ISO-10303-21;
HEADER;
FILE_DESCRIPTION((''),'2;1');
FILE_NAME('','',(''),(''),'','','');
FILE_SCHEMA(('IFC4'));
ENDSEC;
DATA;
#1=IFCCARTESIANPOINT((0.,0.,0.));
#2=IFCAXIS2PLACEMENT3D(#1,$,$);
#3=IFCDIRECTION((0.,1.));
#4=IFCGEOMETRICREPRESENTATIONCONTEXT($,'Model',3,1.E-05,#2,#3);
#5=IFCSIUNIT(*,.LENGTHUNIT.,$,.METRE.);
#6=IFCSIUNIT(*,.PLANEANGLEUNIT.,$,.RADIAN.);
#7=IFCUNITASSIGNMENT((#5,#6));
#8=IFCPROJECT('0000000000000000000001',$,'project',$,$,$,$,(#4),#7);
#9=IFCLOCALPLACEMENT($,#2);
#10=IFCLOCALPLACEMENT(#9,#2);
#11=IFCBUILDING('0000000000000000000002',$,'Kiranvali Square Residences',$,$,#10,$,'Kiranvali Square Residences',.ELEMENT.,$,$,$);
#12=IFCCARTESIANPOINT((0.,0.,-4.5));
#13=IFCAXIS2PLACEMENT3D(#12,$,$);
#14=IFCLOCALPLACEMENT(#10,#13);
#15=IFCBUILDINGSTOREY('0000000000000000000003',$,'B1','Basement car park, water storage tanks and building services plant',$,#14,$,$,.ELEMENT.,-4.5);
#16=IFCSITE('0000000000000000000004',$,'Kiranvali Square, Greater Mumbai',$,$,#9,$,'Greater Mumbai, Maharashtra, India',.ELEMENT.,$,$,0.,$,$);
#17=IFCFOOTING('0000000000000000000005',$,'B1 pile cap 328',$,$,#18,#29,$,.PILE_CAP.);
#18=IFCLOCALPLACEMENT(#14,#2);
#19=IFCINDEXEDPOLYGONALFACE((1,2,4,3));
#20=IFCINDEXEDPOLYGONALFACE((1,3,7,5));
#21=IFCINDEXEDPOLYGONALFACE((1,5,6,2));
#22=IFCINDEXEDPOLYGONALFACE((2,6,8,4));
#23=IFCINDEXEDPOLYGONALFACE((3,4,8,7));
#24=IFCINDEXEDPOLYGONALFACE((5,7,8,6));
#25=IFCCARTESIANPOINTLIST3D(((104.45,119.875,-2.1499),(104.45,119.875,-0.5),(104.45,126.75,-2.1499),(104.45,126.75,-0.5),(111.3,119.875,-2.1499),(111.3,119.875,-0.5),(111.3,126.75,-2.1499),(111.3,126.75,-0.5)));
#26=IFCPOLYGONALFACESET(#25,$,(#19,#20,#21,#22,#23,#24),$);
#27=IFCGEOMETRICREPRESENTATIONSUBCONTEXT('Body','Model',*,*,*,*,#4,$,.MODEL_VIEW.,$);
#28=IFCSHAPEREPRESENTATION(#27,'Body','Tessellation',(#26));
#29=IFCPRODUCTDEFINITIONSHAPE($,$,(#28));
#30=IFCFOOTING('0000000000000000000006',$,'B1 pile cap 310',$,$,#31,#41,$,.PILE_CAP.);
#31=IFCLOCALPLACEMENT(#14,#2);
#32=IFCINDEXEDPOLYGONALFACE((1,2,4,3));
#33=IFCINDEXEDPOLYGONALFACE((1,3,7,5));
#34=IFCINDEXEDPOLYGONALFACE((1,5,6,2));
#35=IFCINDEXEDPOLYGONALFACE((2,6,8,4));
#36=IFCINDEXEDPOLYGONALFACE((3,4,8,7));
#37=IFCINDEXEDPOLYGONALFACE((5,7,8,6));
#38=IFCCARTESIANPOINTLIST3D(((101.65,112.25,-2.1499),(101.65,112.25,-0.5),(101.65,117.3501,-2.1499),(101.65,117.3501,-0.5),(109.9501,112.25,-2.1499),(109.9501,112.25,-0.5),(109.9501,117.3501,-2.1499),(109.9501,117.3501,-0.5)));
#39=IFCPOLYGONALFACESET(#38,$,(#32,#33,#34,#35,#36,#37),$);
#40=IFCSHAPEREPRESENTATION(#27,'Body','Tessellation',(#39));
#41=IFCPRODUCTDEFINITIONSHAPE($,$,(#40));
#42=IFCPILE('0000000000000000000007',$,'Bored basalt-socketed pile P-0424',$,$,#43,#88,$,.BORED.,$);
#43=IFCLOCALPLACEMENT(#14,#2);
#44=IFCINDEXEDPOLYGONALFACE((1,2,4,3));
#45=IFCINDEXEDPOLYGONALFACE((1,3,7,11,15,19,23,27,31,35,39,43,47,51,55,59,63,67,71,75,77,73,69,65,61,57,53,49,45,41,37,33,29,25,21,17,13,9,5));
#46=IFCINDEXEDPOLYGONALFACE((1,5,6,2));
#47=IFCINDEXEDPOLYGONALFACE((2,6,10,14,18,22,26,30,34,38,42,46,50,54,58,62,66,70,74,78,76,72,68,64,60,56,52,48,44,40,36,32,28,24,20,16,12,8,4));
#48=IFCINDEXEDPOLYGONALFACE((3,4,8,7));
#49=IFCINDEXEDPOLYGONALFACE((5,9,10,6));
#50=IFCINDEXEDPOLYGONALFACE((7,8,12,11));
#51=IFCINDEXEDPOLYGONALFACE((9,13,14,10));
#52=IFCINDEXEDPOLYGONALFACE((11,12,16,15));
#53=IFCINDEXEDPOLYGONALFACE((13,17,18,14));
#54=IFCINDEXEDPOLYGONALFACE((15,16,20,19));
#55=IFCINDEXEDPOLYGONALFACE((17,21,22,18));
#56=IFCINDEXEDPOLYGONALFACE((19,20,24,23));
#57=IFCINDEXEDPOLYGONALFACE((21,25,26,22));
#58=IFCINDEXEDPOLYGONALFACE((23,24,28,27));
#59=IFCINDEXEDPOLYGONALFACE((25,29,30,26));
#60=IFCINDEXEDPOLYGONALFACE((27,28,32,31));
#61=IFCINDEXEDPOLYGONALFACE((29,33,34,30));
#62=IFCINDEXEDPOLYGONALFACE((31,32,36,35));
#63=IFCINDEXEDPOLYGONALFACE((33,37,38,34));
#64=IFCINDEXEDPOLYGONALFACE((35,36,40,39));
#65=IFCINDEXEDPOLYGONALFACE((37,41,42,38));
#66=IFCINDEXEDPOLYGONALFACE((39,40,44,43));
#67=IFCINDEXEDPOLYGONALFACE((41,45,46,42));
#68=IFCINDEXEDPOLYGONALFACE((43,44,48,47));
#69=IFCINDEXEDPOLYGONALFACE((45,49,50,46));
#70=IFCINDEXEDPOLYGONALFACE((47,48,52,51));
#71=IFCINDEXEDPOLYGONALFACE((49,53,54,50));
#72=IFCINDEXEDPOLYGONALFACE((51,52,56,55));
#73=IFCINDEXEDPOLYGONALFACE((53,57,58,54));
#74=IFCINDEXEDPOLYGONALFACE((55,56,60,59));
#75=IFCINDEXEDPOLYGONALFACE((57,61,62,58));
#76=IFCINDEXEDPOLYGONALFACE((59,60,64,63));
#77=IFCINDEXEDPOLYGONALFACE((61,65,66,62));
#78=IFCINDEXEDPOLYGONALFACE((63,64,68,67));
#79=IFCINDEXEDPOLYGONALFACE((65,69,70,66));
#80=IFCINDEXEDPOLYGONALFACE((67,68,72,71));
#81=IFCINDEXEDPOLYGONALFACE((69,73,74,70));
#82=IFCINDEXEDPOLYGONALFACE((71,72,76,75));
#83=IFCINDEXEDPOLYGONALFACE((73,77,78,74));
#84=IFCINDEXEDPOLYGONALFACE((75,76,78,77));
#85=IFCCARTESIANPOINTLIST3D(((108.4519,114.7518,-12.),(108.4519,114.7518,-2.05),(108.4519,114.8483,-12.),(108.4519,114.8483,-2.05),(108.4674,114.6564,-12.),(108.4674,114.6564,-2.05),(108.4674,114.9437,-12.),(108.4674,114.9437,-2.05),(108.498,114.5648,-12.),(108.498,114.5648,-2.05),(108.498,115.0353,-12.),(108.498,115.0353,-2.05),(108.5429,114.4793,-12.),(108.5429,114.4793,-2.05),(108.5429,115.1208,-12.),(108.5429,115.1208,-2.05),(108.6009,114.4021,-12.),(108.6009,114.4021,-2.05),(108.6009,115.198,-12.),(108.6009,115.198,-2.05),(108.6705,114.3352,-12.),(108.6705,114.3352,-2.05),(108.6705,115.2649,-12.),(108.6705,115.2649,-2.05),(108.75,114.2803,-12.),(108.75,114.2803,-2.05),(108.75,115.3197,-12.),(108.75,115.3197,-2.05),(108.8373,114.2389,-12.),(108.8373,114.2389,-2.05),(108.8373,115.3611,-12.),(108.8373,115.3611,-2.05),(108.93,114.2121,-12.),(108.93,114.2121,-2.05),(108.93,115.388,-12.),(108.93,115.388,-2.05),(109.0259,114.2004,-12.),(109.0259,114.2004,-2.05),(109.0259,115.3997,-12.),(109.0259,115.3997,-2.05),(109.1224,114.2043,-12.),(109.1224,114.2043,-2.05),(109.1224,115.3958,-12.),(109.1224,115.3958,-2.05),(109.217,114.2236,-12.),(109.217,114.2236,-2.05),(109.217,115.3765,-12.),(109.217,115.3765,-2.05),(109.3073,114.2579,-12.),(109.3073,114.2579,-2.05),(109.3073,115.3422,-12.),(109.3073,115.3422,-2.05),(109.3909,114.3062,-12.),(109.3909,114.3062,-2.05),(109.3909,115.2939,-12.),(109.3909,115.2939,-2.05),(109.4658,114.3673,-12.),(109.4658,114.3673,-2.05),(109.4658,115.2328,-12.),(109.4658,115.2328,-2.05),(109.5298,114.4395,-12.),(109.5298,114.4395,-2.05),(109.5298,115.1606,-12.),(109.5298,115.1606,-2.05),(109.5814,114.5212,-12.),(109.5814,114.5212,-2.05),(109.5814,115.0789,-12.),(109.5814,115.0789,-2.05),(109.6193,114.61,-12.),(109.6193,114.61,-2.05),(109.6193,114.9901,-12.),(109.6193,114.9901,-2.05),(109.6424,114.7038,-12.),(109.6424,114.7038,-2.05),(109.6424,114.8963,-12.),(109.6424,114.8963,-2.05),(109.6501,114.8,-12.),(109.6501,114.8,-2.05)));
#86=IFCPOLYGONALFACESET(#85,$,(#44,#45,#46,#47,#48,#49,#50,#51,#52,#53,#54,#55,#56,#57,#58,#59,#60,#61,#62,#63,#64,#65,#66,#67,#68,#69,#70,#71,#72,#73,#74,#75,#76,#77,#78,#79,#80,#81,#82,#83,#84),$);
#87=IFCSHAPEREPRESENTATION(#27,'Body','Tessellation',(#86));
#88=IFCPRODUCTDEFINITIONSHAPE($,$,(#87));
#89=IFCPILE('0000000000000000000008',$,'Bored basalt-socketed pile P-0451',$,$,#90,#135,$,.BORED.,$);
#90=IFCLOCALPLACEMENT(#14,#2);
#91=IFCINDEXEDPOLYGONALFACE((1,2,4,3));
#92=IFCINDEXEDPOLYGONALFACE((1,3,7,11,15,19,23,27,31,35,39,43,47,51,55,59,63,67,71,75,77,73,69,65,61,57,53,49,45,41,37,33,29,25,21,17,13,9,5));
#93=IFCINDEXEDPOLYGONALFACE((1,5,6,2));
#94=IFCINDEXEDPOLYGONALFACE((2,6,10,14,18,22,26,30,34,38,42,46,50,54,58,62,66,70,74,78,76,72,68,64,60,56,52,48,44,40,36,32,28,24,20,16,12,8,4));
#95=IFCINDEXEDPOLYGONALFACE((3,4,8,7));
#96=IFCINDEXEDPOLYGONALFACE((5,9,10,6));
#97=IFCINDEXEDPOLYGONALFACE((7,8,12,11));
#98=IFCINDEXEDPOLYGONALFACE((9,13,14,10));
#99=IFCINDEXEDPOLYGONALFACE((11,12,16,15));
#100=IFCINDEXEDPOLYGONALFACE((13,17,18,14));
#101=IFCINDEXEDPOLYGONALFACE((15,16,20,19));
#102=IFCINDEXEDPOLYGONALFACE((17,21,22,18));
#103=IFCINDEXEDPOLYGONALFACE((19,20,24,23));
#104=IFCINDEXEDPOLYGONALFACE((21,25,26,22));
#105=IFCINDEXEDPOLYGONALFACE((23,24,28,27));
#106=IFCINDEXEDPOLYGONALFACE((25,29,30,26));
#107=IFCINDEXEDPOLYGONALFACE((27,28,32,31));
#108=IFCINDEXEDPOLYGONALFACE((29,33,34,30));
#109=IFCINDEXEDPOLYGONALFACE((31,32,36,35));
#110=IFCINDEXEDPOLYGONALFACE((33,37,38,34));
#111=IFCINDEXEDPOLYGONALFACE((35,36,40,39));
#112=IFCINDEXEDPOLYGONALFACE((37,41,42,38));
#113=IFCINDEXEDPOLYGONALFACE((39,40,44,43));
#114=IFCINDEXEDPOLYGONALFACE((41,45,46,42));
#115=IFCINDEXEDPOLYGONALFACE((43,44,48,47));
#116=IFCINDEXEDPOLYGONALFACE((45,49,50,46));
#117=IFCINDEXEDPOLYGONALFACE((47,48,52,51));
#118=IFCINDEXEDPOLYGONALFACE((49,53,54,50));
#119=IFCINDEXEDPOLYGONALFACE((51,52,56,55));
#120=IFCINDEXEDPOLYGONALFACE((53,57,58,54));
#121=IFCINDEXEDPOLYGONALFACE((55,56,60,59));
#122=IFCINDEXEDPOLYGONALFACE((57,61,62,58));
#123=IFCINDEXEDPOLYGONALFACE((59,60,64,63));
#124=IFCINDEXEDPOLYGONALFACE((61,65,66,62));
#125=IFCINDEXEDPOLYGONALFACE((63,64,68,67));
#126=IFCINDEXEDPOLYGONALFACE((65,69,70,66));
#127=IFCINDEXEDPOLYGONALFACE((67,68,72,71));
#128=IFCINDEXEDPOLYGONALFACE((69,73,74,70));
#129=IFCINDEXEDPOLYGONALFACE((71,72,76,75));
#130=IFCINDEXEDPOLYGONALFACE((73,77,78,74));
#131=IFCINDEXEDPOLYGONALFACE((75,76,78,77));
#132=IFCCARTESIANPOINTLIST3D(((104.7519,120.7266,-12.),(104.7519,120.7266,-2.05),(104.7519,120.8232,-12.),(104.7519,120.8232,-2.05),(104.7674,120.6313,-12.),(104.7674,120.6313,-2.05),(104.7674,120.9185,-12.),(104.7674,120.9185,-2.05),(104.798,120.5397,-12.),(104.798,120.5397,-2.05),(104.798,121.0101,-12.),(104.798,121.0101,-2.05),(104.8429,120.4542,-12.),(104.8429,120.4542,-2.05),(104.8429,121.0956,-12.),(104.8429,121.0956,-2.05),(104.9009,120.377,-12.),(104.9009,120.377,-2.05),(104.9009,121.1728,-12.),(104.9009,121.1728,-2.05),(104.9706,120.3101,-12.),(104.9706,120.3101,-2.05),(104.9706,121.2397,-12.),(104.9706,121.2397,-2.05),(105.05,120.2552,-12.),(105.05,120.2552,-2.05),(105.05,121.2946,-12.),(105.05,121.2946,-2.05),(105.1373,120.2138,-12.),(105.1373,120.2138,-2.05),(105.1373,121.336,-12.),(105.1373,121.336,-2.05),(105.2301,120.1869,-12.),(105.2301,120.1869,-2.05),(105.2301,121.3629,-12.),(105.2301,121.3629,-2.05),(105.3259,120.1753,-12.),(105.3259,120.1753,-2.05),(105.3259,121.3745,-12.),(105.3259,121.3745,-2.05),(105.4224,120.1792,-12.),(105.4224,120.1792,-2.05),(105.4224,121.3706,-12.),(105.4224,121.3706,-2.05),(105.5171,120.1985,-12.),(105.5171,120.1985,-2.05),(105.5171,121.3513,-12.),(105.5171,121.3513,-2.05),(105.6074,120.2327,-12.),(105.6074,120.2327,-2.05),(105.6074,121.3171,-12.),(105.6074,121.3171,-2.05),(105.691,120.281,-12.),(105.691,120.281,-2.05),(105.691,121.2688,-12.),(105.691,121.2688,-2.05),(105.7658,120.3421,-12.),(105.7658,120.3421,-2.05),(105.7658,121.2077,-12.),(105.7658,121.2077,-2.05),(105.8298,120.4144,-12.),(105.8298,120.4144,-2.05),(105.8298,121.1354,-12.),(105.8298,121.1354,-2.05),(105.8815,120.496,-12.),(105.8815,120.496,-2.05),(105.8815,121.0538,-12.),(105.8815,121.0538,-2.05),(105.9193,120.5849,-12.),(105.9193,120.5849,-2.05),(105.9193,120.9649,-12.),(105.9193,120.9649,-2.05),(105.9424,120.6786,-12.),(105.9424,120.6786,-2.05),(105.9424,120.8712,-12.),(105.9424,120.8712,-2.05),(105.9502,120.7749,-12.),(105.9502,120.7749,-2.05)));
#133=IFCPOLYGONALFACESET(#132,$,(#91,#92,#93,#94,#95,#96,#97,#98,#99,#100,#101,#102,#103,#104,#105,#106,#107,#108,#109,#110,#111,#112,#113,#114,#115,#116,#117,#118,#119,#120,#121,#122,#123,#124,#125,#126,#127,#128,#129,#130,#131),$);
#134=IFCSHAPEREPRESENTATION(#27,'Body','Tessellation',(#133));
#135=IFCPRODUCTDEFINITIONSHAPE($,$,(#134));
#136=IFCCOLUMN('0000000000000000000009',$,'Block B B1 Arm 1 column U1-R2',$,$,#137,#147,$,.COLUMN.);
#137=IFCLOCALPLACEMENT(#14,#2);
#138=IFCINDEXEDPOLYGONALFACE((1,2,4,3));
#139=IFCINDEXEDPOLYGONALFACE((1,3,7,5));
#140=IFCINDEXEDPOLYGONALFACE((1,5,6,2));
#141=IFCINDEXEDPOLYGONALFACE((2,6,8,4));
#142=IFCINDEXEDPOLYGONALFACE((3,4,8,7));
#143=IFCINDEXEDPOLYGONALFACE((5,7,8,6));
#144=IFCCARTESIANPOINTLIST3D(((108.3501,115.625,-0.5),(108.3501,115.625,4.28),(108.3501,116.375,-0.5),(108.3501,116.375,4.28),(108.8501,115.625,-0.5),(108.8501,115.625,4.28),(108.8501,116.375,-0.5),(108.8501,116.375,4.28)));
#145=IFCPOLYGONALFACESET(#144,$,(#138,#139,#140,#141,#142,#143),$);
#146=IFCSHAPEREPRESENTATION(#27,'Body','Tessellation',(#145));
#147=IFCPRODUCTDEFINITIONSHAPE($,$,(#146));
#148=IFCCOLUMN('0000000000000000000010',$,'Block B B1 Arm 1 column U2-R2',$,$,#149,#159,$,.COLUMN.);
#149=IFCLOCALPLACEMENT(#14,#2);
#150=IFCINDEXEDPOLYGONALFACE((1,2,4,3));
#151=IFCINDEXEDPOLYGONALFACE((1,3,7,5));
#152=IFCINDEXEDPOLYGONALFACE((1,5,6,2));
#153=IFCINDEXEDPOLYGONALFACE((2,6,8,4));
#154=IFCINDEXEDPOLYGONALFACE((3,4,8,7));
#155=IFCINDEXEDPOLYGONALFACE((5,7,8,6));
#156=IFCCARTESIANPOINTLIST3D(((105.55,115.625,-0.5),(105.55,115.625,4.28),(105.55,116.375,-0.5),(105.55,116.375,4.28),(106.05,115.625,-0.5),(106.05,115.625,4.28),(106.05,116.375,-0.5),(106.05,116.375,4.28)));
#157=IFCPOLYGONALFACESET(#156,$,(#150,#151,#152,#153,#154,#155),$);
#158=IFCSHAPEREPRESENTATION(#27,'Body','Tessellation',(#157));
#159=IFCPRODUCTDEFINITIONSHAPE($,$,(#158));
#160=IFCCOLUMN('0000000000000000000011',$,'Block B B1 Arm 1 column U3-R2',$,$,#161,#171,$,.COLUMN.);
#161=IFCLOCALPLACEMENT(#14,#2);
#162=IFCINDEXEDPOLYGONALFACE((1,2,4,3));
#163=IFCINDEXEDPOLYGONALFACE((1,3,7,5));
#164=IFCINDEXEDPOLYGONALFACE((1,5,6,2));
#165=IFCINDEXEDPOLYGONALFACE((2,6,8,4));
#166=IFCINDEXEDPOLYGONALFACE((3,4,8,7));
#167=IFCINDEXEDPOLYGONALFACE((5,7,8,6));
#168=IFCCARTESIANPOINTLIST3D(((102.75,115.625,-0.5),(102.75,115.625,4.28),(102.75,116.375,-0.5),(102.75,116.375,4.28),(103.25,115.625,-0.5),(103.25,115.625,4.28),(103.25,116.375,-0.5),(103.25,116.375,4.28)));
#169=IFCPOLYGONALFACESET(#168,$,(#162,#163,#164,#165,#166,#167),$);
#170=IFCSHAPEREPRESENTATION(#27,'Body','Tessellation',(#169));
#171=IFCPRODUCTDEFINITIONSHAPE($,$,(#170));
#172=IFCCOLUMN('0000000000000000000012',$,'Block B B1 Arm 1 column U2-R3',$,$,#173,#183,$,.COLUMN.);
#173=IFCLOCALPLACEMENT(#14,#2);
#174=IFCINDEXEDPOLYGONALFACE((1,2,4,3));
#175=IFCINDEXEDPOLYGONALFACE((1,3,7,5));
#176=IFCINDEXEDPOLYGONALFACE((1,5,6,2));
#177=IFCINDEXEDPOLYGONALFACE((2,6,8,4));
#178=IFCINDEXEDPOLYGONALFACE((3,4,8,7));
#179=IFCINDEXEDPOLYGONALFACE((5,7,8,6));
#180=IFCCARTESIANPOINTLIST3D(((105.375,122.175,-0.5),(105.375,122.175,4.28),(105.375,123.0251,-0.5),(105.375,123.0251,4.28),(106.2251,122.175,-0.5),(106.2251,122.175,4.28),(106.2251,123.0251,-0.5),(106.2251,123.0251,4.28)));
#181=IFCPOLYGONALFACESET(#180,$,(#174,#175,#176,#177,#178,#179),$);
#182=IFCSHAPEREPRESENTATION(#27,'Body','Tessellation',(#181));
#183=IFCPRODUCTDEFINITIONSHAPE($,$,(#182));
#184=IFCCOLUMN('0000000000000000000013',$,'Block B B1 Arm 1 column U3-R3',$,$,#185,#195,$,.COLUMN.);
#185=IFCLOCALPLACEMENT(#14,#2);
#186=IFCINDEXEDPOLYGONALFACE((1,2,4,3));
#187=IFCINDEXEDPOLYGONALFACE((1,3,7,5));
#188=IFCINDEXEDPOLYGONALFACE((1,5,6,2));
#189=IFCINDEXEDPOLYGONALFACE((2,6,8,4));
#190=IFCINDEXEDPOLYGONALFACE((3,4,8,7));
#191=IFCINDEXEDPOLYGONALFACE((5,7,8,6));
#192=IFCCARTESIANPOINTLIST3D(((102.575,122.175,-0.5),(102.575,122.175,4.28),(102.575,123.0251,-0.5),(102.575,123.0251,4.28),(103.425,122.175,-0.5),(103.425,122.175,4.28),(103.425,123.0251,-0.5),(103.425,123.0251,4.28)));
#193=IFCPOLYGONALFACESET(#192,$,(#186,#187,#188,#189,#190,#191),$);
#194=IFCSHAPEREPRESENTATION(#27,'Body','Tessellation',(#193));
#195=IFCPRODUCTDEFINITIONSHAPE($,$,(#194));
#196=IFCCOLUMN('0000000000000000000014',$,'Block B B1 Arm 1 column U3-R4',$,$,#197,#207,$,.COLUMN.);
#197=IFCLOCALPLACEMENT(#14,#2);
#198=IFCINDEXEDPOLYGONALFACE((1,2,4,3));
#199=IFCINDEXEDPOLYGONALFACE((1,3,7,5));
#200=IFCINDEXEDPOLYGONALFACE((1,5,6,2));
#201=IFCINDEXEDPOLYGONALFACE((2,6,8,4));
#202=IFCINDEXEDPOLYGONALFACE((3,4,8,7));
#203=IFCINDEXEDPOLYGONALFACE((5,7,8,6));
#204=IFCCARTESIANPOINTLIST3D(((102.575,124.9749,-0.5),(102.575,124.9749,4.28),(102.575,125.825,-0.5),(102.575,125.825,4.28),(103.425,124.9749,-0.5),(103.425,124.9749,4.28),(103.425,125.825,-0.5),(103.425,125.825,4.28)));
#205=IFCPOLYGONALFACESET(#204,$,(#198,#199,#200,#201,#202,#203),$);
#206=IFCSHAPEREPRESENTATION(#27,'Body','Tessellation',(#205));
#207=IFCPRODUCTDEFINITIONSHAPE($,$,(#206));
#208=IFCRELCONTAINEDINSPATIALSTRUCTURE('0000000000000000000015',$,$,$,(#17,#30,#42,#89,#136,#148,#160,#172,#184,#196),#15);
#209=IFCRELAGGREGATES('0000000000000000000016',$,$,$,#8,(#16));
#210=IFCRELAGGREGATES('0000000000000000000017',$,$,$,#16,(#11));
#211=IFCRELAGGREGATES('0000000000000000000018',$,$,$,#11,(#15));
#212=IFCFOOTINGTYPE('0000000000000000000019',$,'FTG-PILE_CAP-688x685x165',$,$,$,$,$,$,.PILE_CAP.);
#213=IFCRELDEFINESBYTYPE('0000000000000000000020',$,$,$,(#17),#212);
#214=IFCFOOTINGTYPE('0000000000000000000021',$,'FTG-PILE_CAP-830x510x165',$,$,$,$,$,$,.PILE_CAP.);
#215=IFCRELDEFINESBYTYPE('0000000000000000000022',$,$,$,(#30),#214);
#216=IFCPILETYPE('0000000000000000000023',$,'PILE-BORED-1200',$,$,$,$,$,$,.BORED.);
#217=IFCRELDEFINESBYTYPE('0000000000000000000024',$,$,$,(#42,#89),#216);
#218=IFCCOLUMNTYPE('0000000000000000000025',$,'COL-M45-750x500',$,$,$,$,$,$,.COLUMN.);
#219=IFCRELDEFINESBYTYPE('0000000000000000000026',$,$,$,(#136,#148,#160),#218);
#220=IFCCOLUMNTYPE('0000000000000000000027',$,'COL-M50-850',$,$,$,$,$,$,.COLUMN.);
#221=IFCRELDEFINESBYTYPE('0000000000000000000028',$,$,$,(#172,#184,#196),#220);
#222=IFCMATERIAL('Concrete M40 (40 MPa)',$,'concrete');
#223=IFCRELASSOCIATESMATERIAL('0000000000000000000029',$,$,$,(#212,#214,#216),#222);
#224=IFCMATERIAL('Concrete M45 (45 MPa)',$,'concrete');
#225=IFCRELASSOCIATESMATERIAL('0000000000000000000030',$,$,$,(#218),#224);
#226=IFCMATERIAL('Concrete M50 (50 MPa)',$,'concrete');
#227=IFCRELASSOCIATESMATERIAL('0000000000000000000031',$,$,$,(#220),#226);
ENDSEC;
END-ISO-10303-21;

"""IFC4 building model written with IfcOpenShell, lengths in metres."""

from ifc_helpers import new_model, si_unit, direction, frame, origin, origin_2d, place, context, subcontext, project, spatial, rectangle, circle, extrude, material, material_profile, profile_set, type_object, element, save


model = new_model("IFC4")

# Units and contexts
model_context = context("Model", 3, precision=1e-05, world=origin(), true_north=direction((0.0, 1.0)))
body_context = subcontext(model_context, "Body", "Model", "MODEL_VIEW")
ifc_project = project(units=[si_unit("LENGTHUNIT", "METRE"), si_unit("PLANEANGLEUNIT", "RADIAN")], contexts=[model_context])

# Site, building, storey
site_placement = place(None, origin())
site = spatial("IfcSite", under=ifc_project, at=site_placement, Name="Kiranvali Square, Greater Mumbai", LongName="Greater Mumbai, Maharashtra, India", CompositionType="ELEMENT", RefElevation=0.0)
building_placement = place(site_placement, origin())
building = spatial("IfcBuilding", under=site, at=building_placement, Name="Kiranvali Square Residences", LongName="Kiranvali Square Residences", CompositionType="ELEMENT")
storey_placement = place(building_placement, frame((0.0, 0.0, -4.5)))
storey = spatial("IfcBuildingStorey", under=building, at=storey_placement, Name="B1", Description="Basement car park, water storage tanks and building services plant", CompositionType="ELEMENT", Elevation=-4.5)

# Footings
ifc_material_1 = material(Name="Concrete M40 (40 MPa)", Category="concrete")
footing_type_1 = type_object("IfcFootingType", Name="FTG-PILE_CAP-688x685x165", PredefinedType="PILE_CAP", material=ifc_material_1)
footing_1_placement = place(storey_placement, frame((107.875, 123.3125, -2.1499), z_axis=(0.0, 0.0, 1.0), x_axis=(0.0, 1.0, 0.0)))
element("IfcFooting", 1, at=footing_1_placement, inside=storey, type_object=footing_type_1, Name="B1 pile cap 328", PredefinedType="PILE_CAP", context=body_context, shape_type="SweptSolid", body=[
    extrude(rectangle(XDim=6.875, YDim=6.8501, at=origin_2d()), origin(), (0.0, 0.0, 1.0), 1.6499),
])
footing_type_2 = type_object("IfcFootingType", Name="FTG-PILE_CAP-830x510x165", PredefinedType="PILE_CAP", material=ifc_material_1)
footing_2_placement = place(storey_placement, frame((105.8, 114.8, -2.1499), z_axis=(0.0, 0.0, 1.0), x_axis=(1.0, 0.0, 0.0)))
element("IfcFooting", 2, at=footing_2_placement, inside=storey, type_object=footing_type_2, Name="B1 pile cap 310", PredefinedType="PILE_CAP", context=body_context, shape_type="SweptSolid", body=[
    extrude(rectangle(XDim=8.3, YDim=5.1001, at=origin_2d()), origin(), (0.0, 0.0, 1.0), 1.6499),
])

# Piles
ifc_material_profile_1 = material_profile(ifc_material_1, circle(Radius=0.6001, at=origin_2d()), Name="BORED PILE 1200")
ifc_profile_set_1 = profile_set([ifc_material_profile_1], Name="Concrete M40 (40 MPa)")
pile_type = type_object("IfcPileType", Name="PILE-BORED-1200", PredefinedType="BORED", material=ifc_profile_set_1)
for number, where, z_axis, x_axis, name in (
    (3, (109.05, 114.8, -2.05), (0.0, 0.0, -1.0), (1.0, 0.0, 0.0), "Bored basalt-socketed pile P-0424"),
    (4, (105.3501, 120.7749, -2.05), (0.0, 0.0, -1.0), (1.0, 0.0, 0.0), "Bored basalt-socketed pile P-0451"),
):
    element("IfcPile", number, at=place(storey_placement, frame(where, z_axis=z_axis, x_axis=x_axis)), inside=storey, type_object=pile_type, Name=name, PredefinedType="BORED", context=body_context, shape_type="SweptSolid", body=[
        extrude(circle(Radius=0.6001, at=origin_2d()), origin(), (0.0, 0.0, 1.0), 9.95),
    ])

# Columns
ifc_material_2 = material(Name="Concrete M45 (45 MPa)", Category="concrete")
ifc_material_profile_2 = material_profile(ifc_material_2, rectangle(XDim=0.5, YDim=0.75, at=origin_2d()), Name="RC 750x500")
ifc_profile_set_2 = profile_set([ifc_material_profile_2], Name="Concrete M45 (45 MPa)")
column_type_1 = type_object("IfcColumnType", Name="COL-M45-750x500", PredefinedType="COLUMN", material=ifc_profile_set_2)
for number, where, z_axis, x_axis, name in (
    (5, (108.6001, 116.0, -0.5), (0.0, 0.0, 1.0), (1.0, 0.0, 0.0), "Block B B1 Arm 1 column U1-R2"),
    (6, (105.8, 116.0, -0.5), (0.0, 0.0, 1.0), (1.0, 0.0, 0.0), "Block B B1 Arm 1 column U2-R2"),
    (7, (103.0, 116.0, -0.5), (0.0, 0.0, 1.0), (1.0, 0.0, 0.0), "Block B B1 Arm 1 column U3-R2"),
):
    element("IfcColumn", number, at=place(storey_placement, frame(where, z_axis=z_axis, x_axis=x_axis)), inside=storey, type_object=column_type_1, Name=name, PredefinedType="COLUMN", context=body_context, shape_type="SweptSolid", body=[
        extrude(rectangle(XDim=0.5, YDim=0.75, at=origin_2d()), origin(), (0.0, 0.0, 1.0), 4.78),
    ])
ifc_material_3 = material(Name="Concrete M50 (50 MPa)", Category="concrete")
ifc_material_profile_3 = material_profile(ifc_material_3, rectangle(XDim=0.8501, YDim=0.8501, at=origin_2d()), Name="RC 850x850")
ifc_profile_set_3 = profile_set([ifc_material_profile_3], Name="Concrete M50 (50 MPa)")
column_type_2 = type_object("IfcColumnType", Name="COL-M50-850", PredefinedType="COLUMN", material=ifc_profile_set_3)
for number, where, z_axis, x_axis, name in (
    (8, (105.8, 122.6001, -0.5), (0.0, 0.0, 1.0), (1.0, 0.0, 0.0), "Block B B1 Arm 1 column U2-R3"),
    (9, (103.0, 122.6001, -0.5), (0.0, 0.0, 1.0), (1.0, 0.0, 0.0), "Block B B1 Arm 1 column U3-R3"),
    (10, (103.0, 125.3999, -0.5), (0.0, 0.0, 1.0), (1.0, 0.0, 0.0), "Block B B1 Arm 1 column U3-R4"),
):
    element("IfcColumn", number, at=place(storey_placement, frame(where, z_axis=z_axis, x_axis=x_axis)), inside=storey, type_object=column_type_2, Name=name, PredefinedType="COLUMN", context=body_context, shape_type="SweptSolid", body=[
        extrude(rectangle(XDim=0.8501, YDim=0.8501, at=origin_2d()), origin(), (0.0, 0.0, 1.0), 4.78),
    ])

save(model, "model.ifc")
